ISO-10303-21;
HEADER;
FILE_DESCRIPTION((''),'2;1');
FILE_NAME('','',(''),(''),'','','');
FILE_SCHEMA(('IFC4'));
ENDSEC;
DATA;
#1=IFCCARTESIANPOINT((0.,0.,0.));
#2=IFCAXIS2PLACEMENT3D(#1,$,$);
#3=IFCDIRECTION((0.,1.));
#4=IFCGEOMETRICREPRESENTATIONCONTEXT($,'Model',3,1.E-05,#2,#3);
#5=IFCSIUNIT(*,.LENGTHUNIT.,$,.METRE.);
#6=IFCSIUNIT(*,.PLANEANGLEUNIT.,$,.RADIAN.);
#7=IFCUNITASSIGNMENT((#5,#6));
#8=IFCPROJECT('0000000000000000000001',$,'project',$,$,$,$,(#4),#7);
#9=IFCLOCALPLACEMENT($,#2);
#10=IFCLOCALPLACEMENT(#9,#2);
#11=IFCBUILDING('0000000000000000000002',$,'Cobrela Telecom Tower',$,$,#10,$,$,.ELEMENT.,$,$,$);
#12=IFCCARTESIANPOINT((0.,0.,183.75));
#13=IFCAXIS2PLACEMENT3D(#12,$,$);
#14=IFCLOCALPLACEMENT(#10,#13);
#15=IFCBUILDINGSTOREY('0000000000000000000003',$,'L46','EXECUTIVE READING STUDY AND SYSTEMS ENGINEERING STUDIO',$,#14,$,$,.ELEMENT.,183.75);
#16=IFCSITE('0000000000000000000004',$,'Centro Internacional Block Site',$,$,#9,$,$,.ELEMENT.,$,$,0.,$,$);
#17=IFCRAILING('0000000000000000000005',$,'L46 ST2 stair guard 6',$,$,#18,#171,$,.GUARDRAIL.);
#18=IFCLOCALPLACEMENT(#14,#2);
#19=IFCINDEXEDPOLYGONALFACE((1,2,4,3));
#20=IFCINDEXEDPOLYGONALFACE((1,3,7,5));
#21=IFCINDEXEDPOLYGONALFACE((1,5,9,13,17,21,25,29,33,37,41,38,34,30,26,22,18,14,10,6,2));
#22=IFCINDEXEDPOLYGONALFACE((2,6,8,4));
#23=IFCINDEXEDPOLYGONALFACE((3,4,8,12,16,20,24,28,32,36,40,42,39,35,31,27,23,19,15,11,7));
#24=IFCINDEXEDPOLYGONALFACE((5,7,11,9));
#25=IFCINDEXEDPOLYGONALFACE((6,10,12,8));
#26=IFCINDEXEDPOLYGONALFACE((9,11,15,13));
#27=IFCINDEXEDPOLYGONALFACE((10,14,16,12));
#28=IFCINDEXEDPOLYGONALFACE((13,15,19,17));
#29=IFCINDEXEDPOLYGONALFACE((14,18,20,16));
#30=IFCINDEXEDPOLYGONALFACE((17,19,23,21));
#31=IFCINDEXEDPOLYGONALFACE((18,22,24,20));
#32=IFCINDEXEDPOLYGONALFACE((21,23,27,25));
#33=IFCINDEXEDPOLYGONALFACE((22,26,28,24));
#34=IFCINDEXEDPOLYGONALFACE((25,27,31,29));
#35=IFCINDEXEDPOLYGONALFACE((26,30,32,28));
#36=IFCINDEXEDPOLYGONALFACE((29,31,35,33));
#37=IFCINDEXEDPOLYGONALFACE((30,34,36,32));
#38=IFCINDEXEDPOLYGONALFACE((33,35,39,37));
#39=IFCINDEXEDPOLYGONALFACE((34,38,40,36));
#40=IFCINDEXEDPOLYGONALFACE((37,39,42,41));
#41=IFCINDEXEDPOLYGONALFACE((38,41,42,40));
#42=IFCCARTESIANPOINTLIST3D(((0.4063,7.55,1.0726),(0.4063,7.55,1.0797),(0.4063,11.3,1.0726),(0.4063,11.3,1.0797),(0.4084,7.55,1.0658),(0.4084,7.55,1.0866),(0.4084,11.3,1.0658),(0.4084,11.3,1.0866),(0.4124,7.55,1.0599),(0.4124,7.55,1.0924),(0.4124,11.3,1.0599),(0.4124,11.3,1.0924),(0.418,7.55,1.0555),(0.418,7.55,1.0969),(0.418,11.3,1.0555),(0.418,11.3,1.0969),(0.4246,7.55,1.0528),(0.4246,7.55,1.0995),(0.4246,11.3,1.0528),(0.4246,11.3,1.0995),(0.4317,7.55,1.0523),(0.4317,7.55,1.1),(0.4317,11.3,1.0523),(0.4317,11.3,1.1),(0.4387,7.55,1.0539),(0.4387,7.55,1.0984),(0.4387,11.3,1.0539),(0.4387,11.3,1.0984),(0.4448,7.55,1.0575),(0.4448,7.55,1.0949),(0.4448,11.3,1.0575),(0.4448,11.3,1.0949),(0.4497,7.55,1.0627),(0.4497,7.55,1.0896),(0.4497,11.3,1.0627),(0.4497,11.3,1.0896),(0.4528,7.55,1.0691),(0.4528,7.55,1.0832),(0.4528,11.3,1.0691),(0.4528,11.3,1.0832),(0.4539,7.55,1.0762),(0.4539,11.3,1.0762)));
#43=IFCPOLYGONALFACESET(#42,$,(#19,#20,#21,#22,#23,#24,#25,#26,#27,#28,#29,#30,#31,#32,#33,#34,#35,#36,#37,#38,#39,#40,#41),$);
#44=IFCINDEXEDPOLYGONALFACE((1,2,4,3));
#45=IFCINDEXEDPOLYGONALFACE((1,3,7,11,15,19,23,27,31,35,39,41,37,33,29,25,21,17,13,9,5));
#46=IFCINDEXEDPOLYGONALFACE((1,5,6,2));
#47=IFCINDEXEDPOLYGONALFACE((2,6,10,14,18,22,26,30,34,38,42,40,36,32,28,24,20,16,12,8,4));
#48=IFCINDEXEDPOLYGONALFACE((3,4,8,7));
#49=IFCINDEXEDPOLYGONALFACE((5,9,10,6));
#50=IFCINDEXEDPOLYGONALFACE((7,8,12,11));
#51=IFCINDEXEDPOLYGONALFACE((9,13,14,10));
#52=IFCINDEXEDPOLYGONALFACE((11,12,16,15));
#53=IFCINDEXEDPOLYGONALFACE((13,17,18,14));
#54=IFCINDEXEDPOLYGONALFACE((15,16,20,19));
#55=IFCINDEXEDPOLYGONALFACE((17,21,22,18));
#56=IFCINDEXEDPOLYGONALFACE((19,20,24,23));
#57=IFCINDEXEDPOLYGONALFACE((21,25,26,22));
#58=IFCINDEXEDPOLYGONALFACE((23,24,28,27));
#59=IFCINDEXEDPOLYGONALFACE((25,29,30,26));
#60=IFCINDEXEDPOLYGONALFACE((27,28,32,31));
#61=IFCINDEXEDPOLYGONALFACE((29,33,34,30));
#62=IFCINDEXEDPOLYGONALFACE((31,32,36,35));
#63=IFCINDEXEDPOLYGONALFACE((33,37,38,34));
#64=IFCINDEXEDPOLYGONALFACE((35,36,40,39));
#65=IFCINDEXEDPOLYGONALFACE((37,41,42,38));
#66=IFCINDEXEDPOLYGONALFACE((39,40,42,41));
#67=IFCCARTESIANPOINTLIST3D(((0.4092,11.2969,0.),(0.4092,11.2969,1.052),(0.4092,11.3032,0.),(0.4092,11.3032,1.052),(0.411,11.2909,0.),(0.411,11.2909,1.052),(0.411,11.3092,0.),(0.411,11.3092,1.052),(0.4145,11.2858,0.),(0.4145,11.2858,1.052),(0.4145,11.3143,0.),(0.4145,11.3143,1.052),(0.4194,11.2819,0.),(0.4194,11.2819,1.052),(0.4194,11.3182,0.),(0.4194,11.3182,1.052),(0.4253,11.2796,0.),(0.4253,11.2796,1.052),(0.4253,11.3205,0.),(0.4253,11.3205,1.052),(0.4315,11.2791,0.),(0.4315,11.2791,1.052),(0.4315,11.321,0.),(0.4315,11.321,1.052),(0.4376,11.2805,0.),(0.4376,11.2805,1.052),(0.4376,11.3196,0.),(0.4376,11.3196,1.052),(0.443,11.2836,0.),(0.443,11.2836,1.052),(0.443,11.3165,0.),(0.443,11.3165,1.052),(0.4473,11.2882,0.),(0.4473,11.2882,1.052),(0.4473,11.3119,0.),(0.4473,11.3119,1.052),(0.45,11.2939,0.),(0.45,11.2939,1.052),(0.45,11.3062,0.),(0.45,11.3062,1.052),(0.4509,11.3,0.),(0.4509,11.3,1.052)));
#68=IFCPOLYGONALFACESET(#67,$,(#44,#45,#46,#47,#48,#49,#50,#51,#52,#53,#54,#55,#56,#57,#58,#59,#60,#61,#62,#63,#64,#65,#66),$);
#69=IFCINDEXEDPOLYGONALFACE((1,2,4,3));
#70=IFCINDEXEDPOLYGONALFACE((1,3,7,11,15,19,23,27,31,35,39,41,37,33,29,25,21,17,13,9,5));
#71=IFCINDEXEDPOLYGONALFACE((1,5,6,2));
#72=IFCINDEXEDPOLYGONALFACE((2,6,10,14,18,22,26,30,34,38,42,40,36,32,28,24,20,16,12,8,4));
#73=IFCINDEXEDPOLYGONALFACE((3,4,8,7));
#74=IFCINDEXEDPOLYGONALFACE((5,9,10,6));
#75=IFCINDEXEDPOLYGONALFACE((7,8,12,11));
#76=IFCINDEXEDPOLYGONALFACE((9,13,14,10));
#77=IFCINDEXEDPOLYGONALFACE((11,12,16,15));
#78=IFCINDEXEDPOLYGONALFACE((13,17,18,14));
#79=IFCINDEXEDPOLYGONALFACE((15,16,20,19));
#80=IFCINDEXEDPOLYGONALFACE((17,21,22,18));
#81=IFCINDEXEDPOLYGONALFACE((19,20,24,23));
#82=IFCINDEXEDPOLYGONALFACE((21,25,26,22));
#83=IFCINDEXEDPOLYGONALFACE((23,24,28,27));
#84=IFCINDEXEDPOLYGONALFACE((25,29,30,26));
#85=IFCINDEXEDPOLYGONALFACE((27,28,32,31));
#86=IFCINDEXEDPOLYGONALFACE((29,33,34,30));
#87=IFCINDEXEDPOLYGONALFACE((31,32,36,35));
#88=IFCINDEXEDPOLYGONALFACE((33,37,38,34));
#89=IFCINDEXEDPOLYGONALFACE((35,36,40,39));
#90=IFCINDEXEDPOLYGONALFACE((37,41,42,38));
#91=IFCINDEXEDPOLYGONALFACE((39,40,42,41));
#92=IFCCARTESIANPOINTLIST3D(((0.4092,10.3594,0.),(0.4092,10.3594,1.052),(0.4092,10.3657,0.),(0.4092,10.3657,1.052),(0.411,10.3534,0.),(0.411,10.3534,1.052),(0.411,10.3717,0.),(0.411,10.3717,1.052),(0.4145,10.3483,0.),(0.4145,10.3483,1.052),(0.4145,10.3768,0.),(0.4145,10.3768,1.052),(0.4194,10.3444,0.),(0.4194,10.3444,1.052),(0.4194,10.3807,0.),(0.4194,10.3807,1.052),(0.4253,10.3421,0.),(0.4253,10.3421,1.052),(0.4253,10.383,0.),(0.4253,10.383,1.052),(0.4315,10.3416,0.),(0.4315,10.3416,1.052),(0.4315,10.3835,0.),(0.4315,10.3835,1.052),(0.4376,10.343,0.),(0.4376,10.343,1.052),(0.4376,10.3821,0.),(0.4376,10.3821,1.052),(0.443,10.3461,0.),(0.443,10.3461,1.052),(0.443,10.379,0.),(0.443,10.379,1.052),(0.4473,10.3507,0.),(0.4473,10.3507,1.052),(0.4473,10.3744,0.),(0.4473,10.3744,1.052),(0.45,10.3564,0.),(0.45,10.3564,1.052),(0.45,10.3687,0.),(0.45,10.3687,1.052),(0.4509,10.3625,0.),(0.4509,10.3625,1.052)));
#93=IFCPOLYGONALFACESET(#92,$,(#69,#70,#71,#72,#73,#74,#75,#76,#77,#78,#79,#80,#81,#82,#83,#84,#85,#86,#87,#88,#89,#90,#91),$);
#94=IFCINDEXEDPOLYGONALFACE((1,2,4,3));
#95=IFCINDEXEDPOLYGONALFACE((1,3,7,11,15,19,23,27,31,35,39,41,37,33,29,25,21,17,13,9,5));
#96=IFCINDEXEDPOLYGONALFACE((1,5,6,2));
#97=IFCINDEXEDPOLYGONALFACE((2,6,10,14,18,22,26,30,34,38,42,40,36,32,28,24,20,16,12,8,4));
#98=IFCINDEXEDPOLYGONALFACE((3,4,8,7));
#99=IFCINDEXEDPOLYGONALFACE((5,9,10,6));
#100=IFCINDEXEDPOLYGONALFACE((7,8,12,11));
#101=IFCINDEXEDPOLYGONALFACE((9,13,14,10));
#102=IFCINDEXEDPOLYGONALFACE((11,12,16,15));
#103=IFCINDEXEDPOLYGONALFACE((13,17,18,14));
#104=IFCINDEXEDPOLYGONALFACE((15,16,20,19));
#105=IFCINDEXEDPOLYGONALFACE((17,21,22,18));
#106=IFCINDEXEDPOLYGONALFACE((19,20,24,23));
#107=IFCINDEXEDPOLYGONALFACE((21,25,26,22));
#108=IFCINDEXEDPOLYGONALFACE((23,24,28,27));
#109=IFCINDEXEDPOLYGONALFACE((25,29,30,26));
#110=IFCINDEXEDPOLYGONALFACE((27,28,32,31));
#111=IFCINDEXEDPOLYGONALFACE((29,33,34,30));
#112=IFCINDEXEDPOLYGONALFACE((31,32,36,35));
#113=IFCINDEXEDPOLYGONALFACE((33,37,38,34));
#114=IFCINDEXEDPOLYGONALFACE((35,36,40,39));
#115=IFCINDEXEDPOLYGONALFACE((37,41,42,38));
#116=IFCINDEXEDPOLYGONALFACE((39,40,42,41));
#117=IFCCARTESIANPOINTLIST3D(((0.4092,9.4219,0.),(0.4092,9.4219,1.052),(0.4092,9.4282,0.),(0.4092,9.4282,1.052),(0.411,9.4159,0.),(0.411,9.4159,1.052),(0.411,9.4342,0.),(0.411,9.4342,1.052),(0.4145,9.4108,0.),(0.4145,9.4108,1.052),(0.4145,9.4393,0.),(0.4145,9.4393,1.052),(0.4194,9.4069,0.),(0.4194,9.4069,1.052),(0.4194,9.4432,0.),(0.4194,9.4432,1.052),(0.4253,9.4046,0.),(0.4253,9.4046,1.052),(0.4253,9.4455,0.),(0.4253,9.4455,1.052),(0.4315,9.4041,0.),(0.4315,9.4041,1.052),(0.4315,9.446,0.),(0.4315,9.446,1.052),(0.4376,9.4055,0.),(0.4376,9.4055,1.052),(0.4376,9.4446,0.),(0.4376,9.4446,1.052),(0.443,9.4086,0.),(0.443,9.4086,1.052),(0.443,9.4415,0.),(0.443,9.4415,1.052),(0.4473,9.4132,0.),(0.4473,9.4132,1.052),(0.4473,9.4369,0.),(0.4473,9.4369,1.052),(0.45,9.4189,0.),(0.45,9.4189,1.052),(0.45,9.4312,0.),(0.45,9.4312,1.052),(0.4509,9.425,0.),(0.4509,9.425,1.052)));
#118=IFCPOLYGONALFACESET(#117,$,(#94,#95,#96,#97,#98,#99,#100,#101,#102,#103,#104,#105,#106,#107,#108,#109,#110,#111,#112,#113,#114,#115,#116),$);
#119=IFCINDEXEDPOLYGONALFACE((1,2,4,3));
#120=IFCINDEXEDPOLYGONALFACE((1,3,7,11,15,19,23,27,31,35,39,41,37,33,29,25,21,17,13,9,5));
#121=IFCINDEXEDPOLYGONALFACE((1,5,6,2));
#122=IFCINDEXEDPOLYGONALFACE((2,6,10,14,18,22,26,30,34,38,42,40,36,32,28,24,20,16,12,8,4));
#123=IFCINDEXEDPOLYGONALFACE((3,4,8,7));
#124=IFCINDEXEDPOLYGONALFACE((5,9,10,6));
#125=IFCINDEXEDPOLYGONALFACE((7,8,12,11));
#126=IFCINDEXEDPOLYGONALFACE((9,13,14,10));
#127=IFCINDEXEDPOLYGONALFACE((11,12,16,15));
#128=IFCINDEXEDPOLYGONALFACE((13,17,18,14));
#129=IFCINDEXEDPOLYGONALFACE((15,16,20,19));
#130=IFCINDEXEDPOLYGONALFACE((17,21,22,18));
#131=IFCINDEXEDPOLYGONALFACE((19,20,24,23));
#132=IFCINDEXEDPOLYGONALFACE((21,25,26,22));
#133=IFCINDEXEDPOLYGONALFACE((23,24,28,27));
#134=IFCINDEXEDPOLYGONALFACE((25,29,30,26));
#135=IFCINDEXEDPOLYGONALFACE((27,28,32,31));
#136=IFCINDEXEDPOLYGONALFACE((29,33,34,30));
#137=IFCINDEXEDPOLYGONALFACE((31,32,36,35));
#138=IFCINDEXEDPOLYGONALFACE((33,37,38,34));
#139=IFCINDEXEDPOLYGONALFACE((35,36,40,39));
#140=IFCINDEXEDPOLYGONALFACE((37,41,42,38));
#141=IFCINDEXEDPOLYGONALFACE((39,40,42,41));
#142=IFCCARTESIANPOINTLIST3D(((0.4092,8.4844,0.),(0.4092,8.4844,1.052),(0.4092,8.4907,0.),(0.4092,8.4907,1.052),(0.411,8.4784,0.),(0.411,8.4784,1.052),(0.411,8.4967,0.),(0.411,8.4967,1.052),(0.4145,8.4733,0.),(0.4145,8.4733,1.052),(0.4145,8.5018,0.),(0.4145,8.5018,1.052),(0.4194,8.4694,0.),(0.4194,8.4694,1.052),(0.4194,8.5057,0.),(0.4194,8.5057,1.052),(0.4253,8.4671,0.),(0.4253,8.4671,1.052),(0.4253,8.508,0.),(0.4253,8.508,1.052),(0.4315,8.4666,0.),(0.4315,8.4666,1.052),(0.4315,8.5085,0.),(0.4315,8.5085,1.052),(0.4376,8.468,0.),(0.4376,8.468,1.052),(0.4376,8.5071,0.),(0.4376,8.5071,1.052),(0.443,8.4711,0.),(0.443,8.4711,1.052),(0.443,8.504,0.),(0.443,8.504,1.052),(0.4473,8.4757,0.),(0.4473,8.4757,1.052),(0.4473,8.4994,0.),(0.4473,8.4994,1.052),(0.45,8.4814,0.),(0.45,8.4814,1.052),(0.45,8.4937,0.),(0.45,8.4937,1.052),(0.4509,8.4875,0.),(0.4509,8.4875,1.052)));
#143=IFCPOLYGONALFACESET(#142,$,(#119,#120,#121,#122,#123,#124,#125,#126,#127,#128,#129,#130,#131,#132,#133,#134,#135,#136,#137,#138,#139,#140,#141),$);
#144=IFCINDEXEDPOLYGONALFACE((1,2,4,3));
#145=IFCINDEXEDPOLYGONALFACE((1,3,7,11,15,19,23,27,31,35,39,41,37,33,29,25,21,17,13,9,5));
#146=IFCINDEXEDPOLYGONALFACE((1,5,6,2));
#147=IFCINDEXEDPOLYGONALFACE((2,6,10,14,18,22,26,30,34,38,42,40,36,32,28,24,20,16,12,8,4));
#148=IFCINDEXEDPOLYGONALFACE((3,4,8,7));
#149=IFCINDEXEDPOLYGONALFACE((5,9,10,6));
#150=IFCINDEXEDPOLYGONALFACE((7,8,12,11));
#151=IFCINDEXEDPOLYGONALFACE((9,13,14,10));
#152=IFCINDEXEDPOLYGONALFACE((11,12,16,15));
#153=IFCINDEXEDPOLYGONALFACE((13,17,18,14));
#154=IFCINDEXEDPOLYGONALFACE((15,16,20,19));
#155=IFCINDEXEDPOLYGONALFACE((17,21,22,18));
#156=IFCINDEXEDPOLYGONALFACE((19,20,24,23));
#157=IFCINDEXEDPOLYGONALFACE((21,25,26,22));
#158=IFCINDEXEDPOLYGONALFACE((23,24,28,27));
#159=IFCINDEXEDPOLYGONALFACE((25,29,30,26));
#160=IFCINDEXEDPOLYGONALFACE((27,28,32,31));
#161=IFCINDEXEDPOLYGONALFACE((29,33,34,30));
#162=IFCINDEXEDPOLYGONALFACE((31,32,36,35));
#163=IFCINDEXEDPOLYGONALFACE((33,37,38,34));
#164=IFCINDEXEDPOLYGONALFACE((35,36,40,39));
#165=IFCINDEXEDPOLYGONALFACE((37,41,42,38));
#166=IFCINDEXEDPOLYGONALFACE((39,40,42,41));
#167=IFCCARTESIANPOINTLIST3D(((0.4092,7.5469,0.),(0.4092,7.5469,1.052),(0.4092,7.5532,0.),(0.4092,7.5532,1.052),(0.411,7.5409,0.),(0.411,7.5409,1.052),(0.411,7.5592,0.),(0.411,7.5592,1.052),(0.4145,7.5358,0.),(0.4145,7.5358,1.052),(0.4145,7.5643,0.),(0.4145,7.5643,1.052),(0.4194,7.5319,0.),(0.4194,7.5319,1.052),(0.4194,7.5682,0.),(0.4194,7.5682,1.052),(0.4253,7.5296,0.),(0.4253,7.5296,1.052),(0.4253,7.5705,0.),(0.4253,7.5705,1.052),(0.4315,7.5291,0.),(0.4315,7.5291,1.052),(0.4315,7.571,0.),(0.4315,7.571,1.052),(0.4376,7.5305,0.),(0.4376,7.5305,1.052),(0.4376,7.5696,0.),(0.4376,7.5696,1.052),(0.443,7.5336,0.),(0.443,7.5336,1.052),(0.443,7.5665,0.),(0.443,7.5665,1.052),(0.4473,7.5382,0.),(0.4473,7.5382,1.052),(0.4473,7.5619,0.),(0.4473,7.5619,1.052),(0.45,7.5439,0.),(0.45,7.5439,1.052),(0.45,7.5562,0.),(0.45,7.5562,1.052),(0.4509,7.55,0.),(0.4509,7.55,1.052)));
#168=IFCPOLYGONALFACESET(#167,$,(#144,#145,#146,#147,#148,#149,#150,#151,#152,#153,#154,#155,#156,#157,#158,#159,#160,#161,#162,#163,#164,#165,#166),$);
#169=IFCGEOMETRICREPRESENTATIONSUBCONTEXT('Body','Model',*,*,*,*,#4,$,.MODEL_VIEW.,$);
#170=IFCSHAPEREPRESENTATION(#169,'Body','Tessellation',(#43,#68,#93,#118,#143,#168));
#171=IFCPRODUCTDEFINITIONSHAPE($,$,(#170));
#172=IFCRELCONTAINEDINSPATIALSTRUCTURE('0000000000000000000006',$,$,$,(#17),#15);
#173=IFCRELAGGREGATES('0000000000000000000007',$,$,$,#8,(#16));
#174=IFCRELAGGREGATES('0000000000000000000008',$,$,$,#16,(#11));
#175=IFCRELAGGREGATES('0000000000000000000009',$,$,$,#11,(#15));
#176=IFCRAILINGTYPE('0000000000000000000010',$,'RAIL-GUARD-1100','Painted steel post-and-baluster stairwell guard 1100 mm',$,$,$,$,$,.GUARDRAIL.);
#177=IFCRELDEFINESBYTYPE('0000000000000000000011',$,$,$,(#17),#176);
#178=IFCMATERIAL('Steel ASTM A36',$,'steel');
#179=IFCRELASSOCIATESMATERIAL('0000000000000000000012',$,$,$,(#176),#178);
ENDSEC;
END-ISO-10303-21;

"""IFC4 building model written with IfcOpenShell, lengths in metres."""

from ifc_helpers import new_model, si_unit, direction, frame, origin, origin_2d, place, context, subcontext, project, spatial, circle, extrude, material, type_object, element, save


model = new_model("IFC4")

# Units and contexts
model_context = context("Model", 3, precision=1e-05, world=origin(), true_north=direction((0.0, 1.0)))
body_context = subcontext(model_context, "Body", "Model", "MODEL_VIEW")
ifc_project = project(units=[si_unit("LENGTHUNIT", "METRE"), si_unit("PLANEANGLEUNIT", "RADIAN")], contexts=[model_context])

# Site, building, storey
site_placement = place(None, origin())
site = spatial("IfcSite", under=ifc_project, at=site_placement, Name="Centro Internacional Block Site", CompositionType="ELEMENT", RefElevation=0.0)
building_placement = place(site_placement, origin())
building = spatial("IfcBuilding", under=site, at=building_placement, Name="Cobrela Telecom Tower", CompositionType="ELEMENT")
storey_placement = place(building_placement, frame((0.0, 0.0, 183.75)))
storey = spatial("IfcBuildingStorey", under=building, at=storey_placement, Name="L46", Description="EXECUTIVE READING STUDY AND SYSTEMS ENGINEERING STUDIO", CompositionType="ELEMENT", Elevation=183.75)

# Shared definitions
ifc_material_1 = material(Name="Steel ASTM A36", Category="steel")

# Railing
railing_type = type_object("IfcRailingType", Name="RAIL-GUARD-1100", Description="Painted steel post-and-baluster stairwell guard 1100 mm", PredefinedType="GUARDRAIL", material=ifc_material_1)
railing_1_placement = place(storey_placement, frame((0.4299, 11.3, 0.0)))
element("IfcRailing", 1, at=railing_1_placement, inside=storey, type_object=railing_type, Name="L46 ST2 stair guard 6", PredefinedType="GUARDRAIL", context=body_context, shape_type="SweptSolid", body=[
    extrude(circle(Radius=0.0239, at=origin_2d()), frame((0.0, 0.0, 1.0762), z_axis=(0.0, -1.0, 0.0), x_axis=(1.0, 0.0, 0.0)), (0.0, 0.0, 1.0), 3.75),
    extrude(circle(Radius=0.021, at=origin_2d()), origin(), (0.0, 0.0, 1.0), 1.052),
    extrude(circle(Radius=0.021, at=origin_2d()), frame((0.0, -0.9375, 0.0)), (0.0, 0.0, 1.0), 1.052),
    extrude(circle(Radius=0.021, at=origin_2d()), frame((0.0, -1.875, 0.0)), (0.0, 0.0, 1.0), 1.052),
    extrude(circle(Radius=0.021, at=origin_2d()), frame((0.0, -2.8125, 0.0)), (0.0, 0.0, 1.0), 1.052),
    extrude(circle(Radius=0.021, at=origin_2d()), frame((0.0, -3.75, 0.0)), (0.0, 0.0, 1.0), 1.052),
])

save(model, "model.ifc")
